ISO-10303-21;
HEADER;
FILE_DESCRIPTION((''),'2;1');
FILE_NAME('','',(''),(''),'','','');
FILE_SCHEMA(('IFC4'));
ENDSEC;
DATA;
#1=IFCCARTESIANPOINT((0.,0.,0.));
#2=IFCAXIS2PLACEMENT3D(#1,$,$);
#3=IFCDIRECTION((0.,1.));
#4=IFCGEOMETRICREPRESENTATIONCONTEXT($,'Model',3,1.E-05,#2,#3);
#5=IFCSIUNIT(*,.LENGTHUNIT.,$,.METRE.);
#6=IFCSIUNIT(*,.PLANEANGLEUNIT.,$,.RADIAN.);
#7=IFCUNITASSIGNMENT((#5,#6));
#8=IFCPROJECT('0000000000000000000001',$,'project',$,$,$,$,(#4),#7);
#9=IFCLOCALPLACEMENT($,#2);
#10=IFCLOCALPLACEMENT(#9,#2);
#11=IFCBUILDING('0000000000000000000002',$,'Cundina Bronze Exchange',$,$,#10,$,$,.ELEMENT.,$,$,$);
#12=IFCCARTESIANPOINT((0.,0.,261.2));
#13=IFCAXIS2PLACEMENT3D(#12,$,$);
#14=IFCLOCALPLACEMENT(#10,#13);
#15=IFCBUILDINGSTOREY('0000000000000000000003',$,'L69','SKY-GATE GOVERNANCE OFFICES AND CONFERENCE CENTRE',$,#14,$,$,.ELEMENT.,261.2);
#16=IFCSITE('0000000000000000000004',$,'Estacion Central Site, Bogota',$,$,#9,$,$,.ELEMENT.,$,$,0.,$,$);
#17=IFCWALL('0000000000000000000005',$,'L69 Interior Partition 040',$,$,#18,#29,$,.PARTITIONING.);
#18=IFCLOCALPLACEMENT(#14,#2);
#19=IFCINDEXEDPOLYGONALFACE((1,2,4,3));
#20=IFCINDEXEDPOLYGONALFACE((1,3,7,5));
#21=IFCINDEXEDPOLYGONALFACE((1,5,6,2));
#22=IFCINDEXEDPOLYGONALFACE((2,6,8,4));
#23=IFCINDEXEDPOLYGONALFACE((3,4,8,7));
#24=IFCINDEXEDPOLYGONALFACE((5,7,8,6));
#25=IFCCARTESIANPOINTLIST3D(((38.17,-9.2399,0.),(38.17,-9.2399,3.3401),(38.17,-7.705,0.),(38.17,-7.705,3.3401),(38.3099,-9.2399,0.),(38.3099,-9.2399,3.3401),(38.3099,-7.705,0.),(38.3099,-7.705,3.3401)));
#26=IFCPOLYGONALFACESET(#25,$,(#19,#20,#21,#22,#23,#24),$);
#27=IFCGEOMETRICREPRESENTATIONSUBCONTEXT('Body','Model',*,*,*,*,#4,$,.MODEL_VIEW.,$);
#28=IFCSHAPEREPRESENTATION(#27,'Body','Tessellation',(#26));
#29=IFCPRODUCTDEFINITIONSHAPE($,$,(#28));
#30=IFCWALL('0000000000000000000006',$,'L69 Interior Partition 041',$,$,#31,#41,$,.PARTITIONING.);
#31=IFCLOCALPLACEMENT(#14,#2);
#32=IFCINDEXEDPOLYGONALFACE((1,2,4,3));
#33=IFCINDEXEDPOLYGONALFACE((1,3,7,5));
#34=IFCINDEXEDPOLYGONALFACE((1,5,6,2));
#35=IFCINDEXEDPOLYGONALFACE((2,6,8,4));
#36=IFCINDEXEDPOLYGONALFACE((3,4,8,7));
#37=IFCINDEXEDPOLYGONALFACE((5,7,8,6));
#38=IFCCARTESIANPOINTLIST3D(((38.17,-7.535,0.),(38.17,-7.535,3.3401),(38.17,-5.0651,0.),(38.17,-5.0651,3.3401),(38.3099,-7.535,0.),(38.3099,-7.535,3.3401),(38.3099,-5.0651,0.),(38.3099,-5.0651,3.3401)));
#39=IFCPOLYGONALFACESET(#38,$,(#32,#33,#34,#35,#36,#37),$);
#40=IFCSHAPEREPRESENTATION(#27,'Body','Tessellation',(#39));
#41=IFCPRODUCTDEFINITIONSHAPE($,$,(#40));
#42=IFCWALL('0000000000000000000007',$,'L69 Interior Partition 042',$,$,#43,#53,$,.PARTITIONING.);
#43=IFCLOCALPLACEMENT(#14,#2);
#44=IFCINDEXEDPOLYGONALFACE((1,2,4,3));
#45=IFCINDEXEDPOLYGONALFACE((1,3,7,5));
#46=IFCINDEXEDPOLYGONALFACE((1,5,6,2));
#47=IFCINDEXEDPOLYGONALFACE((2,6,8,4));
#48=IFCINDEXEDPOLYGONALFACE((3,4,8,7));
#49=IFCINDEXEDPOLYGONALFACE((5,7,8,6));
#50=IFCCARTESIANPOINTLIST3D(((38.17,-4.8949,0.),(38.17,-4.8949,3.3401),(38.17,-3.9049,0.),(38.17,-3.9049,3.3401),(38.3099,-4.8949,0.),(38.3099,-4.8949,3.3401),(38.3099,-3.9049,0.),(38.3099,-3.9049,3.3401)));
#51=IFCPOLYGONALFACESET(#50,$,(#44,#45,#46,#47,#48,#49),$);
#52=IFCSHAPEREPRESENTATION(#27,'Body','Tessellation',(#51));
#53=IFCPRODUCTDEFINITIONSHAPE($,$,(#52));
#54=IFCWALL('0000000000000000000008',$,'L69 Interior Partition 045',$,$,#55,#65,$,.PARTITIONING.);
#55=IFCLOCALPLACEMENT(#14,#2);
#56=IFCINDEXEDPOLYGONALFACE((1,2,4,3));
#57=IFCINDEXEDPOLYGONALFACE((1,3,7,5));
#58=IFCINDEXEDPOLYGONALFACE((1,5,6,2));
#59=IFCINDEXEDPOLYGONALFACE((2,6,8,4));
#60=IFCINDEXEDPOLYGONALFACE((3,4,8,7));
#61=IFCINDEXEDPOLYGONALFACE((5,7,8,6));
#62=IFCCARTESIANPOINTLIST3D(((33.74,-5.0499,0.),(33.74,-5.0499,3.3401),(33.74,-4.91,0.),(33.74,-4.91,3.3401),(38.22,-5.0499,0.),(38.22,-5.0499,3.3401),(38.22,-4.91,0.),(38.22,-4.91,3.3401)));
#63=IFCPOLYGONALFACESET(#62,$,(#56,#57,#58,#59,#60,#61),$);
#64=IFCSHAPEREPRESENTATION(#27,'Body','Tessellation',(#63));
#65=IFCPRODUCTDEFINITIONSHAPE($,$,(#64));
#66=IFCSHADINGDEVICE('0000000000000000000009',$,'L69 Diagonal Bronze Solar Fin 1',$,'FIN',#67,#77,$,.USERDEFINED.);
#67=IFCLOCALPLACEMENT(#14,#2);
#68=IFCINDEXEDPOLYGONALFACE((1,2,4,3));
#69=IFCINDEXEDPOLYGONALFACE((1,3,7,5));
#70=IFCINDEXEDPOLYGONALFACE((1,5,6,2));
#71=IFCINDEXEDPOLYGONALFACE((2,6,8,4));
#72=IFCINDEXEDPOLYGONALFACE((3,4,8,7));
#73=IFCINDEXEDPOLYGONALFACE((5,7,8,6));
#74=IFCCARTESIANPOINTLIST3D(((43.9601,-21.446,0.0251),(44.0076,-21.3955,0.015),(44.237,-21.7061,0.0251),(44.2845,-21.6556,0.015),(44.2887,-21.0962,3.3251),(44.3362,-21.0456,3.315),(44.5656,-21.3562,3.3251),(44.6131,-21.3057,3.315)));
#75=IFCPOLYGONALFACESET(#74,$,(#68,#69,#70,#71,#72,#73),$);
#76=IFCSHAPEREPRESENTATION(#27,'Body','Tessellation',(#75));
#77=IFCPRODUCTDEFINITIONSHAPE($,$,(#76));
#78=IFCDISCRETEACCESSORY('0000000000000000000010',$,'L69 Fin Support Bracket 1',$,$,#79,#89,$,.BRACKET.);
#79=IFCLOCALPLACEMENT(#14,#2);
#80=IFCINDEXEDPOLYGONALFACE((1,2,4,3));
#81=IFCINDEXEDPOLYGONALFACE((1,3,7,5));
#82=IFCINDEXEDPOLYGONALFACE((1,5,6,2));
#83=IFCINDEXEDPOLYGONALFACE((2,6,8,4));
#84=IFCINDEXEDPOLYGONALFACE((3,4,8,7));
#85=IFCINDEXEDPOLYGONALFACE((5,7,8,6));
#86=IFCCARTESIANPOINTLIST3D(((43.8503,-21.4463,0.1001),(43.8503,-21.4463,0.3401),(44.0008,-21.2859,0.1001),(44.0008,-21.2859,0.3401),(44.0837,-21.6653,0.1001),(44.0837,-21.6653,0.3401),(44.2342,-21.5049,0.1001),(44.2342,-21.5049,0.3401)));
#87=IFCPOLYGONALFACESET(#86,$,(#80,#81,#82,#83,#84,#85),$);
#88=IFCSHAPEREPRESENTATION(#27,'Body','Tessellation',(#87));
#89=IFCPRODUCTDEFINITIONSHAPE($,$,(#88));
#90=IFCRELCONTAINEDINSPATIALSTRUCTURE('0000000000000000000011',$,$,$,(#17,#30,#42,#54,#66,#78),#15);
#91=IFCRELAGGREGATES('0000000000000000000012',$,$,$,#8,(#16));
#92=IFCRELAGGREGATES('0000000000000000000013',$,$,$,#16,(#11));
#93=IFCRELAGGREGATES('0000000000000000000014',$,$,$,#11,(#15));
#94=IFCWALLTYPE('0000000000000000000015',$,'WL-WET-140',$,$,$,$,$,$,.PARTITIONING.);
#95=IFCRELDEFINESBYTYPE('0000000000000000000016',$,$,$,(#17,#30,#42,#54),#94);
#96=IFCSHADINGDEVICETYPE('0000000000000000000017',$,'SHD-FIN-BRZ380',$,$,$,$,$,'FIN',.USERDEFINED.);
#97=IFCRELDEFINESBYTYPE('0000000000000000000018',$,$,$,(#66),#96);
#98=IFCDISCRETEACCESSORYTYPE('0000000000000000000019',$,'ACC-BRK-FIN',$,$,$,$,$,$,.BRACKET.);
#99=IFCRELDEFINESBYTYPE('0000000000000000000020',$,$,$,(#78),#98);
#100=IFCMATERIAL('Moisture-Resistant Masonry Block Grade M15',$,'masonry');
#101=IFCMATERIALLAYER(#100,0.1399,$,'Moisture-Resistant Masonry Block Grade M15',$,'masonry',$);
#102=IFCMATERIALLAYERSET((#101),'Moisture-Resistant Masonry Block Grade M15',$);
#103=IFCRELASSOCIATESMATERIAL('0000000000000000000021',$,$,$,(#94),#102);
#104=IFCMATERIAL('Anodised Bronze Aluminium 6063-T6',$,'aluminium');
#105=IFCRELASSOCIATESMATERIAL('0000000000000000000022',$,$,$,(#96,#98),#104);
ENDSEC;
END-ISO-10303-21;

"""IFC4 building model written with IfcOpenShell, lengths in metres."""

from ifc_helpers import new_model, si_unit, direction, frame, frame_2d, origin, origin_2d, place, context, subcontext, project, spatial, rectangle, extrude, material, layer, layer_set, material_profile, profile_set, type_object, element, save


model = new_model("IFC4")

# Units and contexts
model_context = context("Model", 3, precision=1e-05, world=origin(), true_north=direction((0.0, 1.0)))
body_context = subcontext(model_context, "Body", "Model", "MODEL_VIEW")
ifc_project = project(units=[si_unit("LENGTHUNIT", "METRE"), si_unit("PLANEANGLEUNIT", "RADIAN")], contexts=[model_context])

# Site, building, storey
site_placement = place(None, origin())
site = spatial("IfcSite", under=ifc_project, at=site_placement, Name="Estacion Central Site, Bogota", CompositionType="ELEMENT", RefElevation=0.0)
building_placement = place(site_placement, origin())
building = spatial("IfcBuilding", under=site, at=building_placement, Name="Cundina Bronze Exchange", CompositionType="ELEMENT")
storey_placement = place(building_placement, frame((0.0, 0.0, 261.2)))
storey = spatial("IfcBuildingStorey", under=building, at=storey_placement, Name="L69", Description="SKY-GATE GOVERNANCE OFFICES AND CONFERENCE CENTRE", CompositionType="ELEMENT", Elevation=261.2)

# Shared definitions
ifc_material_1 = material(Name="Anodised Bronze Aluminium 6063-T6", Category="aluminium")

# Walls
ifc_material_2 = material(Name="Moisture-Resistant Masonry Block Grade M15", Category="masonry")
ifc_layer_1 = layer(ifc_material_2, 0.1399, Name="Moisture-Resistant Masonry Block Grade M15", Category="masonry")
ifc_layer_set_1 = layer_set([ifc_layer_1], Name="Moisture-Resistant Masonry Block Grade M15")
wall_type_1 = type_object("IfcWallType", Name="WL-WET-140", PredefinedType="PARTITIONING", material=ifc_layer_set_1)
wall_1_placement = place(storey_placement, frame((38.24, -9.24, 0.0), z_axis=(0.0, 0.0, 1.0), x_axis=(0.0, 1.0, 0.0)))
element("IfcWall", 1, at=wall_1_placement, inside=storey, type_object=wall_type_1, Name="L69 Interior Partition 040", PredefinedType="PARTITIONING", context=body_context, shape_type="SweptSolid", body=[
    extrude(rectangle(XDim=1.5349, YDim=0.1399, at=frame_2d((0.7676, 0.0))), origin(), (0.0, 0.0, 1.0), 3.3401),
])
wall_2_placement = place(storey_placement, frame((38.24, -7.5349, 0.0), z_axis=(0.0, 0.0, 1.0), x_axis=(0.0, 1.0, 0.0)))
element("IfcWall", 2, at=wall_2_placement, inside=storey, type_object=wall_type_1, Name="L69 Interior Partition 041", PredefinedType="PARTITIONING", context=body_context, shape_type="SweptSolid", body=[
    extrude(rectangle(XDim=2.47, YDim=0.1399, at=frame_2d((1.2349, 0.0))), origin(), (0.0, 0.0, 1.0), 3.3401),
])
wall_3_placement = place(storey_placement, frame((38.24, -4.895, 0.0), z_axis=(0.0, 0.0, 1.0), x_axis=(0.0, 1.0, 0.0)))
element("IfcWall", 3, at=wall_3_placement, inside=storey, type_object=wall_type_1, Name="L69 Interior Partition 042", PredefinedType="PARTITIONING", context=body_context, shape_type="SweptSolid", body=[
    extrude(rectangle(XDim=0.99, YDim=0.1399, at=frame_2d((0.4951, 0.0))), origin(), (0.0, 0.0, 1.0), 3.3401),
])
wall_4_placement = place(storey_placement, frame((33.74, -4.98, 0.0), z_axis=(0.0, 0.0, 1.0), x_axis=(1.0, 0.0, 0.0)))
element("IfcWall", 4, at=wall_4_placement, inside=storey, type_object=wall_type_1, Name="L69 Interior Partition 045", PredefinedType="PARTITIONING", context=body_context, shape_type="SweptSolid", body=[
    extrude(rectangle(XDim=4.48, YDim=0.1399, at=frame_2d((2.24, 0.0))), origin(), (0.0, 0.0, 1.0), 3.3401),
])

# Shading device
ifc_material_profile_1 = material_profile(ifc_material_1, rectangle(XDim=0.0701, YDim=0.3799, at=origin_2d()), Name="FIN70X380", Category="aluminium")
ifc_profile_set_1 = profile_set([ifc_material_profile_1], Name="Anodised Bronze Aluminium 6063-T6")
shading_device_type = type_object("IfcShadingDeviceType", Name="SHD-FIN-BRZ380", ElementType="FIN", PredefinedType="USERDEFINED", material=ifc_profile_set_1)
shading_device_placement = place(storey_placement, frame((44.1223, -21.5508, 0.02), z_axis=(0.098541, 0.104911, 0.989587), x_axis=(-0.677506, -0.721297, 0.143933)))
element("IfcShadingDevice", 5, at=shading_device_placement, inside=storey, type_object=shading_device_type, Name="L69 Diagonal Bronze Solar Fin 1", ObjectType="FIN", PredefinedType="USERDEFINED", context=body_context, shape_type="SweptSolid", body=[
    extrude(rectangle(XDim=0.0701, YDim=0.3799, at=origin_2d()), origin(), (0.0, 0.0, 1.0), 3.3347),
])

# Discrete accessory
discrete_accessory_type = type_object("IfcDiscreteAccessoryType", Name="ACC-BRK-FIN", PredefinedType="BRACKET", material=ifc_material_1)
discrete_accessory_placement = place(storey_placement, frame((44.0422, -21.4756, 0.1001), z_axis=(0.0, 0.0, 1.0), x_axis=(0.684344, 0.72916, 0.0)))
element("IfcDiscreteAccessory", 6, at=discrete_accessory_placement, inside=storey, type_object=discrete_accessory_type, Name="L69 Fin Support Bracket 1", PredefinedType="BRACKET", context=body_context, shape_type="SweptSolid", body=[
    extrude(rectangle(XDim=0.22, YDim=0.3201, at=origin_2d()), origin(), (0.0, 0.0, 1.0), 0.24),
])

save(model, "model.ifc")
